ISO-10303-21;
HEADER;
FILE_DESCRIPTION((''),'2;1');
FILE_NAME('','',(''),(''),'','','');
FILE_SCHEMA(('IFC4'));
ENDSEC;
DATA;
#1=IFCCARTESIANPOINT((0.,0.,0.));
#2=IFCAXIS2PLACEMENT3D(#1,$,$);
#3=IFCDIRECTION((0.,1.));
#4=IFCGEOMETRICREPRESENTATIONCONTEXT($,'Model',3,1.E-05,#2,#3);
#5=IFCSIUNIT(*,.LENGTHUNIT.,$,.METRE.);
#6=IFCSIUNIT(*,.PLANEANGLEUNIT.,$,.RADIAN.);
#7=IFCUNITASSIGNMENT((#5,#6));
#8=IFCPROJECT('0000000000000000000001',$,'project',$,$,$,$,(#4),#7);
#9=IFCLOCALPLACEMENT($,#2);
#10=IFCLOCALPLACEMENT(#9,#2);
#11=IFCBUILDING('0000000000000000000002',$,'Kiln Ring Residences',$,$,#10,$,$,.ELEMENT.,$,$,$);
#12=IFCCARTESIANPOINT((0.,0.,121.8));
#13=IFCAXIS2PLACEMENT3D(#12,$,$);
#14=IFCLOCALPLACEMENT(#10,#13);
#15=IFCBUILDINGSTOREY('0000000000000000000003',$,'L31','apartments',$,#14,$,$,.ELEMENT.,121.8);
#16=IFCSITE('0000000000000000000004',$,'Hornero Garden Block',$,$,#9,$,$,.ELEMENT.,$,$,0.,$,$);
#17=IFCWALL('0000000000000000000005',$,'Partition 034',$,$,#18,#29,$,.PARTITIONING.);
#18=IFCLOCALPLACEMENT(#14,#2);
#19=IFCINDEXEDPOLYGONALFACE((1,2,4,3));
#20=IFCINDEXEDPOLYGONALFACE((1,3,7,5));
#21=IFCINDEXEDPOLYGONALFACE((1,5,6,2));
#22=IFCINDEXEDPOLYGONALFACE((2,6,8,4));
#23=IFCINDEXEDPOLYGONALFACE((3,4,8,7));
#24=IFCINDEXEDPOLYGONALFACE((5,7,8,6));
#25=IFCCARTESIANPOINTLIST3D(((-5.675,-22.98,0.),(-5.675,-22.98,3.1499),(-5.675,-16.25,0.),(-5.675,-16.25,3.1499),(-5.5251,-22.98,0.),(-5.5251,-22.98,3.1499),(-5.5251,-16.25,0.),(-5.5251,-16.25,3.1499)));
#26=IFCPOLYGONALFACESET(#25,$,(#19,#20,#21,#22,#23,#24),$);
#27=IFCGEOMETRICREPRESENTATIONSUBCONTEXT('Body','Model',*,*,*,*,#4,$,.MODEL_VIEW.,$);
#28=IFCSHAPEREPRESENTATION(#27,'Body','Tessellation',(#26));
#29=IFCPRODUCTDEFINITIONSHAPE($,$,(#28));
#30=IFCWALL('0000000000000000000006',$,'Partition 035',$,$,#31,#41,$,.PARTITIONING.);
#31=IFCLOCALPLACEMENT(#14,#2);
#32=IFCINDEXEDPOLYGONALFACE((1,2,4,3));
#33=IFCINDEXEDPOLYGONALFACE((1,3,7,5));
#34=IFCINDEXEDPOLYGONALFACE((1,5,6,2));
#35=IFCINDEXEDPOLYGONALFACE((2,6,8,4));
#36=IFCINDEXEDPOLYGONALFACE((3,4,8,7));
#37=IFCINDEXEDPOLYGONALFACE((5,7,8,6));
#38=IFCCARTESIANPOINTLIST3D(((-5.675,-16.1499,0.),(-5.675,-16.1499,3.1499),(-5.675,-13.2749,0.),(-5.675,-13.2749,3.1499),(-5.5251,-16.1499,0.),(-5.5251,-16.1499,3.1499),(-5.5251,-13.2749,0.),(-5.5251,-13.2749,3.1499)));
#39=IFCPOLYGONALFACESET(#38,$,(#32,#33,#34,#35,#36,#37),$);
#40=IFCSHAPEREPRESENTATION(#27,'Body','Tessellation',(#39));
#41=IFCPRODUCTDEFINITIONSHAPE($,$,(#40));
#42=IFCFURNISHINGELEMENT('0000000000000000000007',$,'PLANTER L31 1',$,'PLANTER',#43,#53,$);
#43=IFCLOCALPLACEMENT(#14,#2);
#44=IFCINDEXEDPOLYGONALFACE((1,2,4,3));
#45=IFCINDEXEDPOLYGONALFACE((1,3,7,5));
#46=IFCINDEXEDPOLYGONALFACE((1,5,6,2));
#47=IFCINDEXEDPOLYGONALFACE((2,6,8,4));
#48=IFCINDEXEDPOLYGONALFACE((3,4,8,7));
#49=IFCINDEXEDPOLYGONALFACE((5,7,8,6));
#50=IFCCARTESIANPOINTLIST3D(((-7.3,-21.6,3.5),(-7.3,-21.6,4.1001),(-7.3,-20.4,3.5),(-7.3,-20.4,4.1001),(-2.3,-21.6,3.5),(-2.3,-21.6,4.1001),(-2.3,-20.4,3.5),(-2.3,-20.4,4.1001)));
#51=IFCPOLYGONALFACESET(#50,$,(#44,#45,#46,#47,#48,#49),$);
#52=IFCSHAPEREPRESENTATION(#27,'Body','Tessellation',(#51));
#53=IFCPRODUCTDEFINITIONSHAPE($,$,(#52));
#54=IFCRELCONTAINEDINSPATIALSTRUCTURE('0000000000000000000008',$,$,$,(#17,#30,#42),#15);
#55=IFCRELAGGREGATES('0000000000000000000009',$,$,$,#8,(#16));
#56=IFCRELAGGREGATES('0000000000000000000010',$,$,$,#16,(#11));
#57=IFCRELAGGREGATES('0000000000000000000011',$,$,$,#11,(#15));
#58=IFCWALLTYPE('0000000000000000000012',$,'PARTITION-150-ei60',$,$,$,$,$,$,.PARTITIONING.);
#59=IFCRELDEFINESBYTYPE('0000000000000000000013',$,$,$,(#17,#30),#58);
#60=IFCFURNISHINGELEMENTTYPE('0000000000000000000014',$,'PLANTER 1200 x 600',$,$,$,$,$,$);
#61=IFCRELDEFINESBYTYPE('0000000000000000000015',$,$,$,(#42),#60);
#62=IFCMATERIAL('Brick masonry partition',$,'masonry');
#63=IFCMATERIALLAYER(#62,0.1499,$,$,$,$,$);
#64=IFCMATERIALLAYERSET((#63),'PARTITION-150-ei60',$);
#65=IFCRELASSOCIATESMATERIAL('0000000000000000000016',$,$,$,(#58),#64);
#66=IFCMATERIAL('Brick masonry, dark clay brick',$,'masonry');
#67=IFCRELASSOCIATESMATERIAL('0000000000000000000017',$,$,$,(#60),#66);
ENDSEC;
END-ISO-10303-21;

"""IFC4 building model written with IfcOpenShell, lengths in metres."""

from ifc_helpers import new_model, si_unit, direction, frame, frame_2d, origin, origin_2d, place, context, subcontext, project, spatial, rectangle, extrude, material, layer, layer_set, type_object, element, save


model = new_model("IFC4")

# Units and contexts
model_context = context("Model", 3, precision=1e-05, world=origin(), true_north=direction((0.0, 1.0)))
body_context = subcontext(model_context, "Body", "Model", "MODEL_VIEW")
ifc_project = project(units=[si_unit("LENGTHUNIT", "METRE"), si_unit("PLANEANGLEUNIT", "RADIAN")], contexts=[model_context])

# Site, building, storey
site_placement = place(None, origin())
site = spatial("IfcSite", under=ifc_project, at=site_placement, Name="Hornero Garden Block", CompositionType="ELEMENT", RefElevation=0.0)
building_placement = place(site_placement, origin())
building = spatial("IfcBuilding", under=site, at=building_placement, Name="Kiln Ring Residences", CompositionType="ELEMENT")
storey_placement = place(building_placement, frame((0.0, 0.0, 121.8)))
storey = spatial("IfcBuildingStorey", under=building, at=storey_placement, Name="L31", Description="apartments", CompositionType="ELEMENT", Elevation=121.8)

# Walls
ifc_material_1 = material(Name="Brick masonry partition", Category="masonry")
ifc_layer_1 = layer(ifc_material_1, 0.1499)
ifc_layer_set_1 = layer_set([ifc_layer_1], Name="PARTITION-150-ei60")
wall_type_1 = type_object("IfcWallType", Name="PARTITION-150-ei60", PredefinedType="PARTITIONING", material=ifc_layer_set_1)
wall_1_placement = place(storey_placement, frame((-5.6001, -22.98, 0.0), z_axis=(0.0, 0.0, 1.0), x_axis=(0.0, 1.0, 0.0)))
element("IfcWall", 1, at=wall_1_placement, inside=storey, type_object=wall_type_1, Name="Partition 034", PredefinedType="PARTITIONING", context=body_context, shape_type="SweptSolid", body=[
    extrude(rectangle(XDim=6.73, YDim=0.1499, at=frame_2d((3.365, 0.0))), origin(), (0.0, 0.0, 1.0), 3.1499),
])
wall_2_placement = place(storey_placement, frame((-5.6001, -16.1499, 0.0), z_axis=(0.0, 0.0, 1.0), x_axis=(0.0, 1.0, 0.0)))
element("IfcWall", 2, at=wall_2_placement, inside=storey, type_object=wall_type_1, Name="Partition 035", PredefinedType="PARTITIONING", context=body_context, shape_type="SweptSolid", body=[
    extrude(rectangle(XDim=2.875, YDim=0.1499, at=frame_2d((1.4375, 0.0))), origin(), (0.0, 0.0, 1.0), 3.1499),
])

# Furnishing element
ifc_material_2 = material(Name="Brick masonry, dark clay brick", Category="masonry")
furnishing_element_type = type_object("IfcFurnishingElementType", Name="PLANTER 1200 x 600", material=ifc_material_2)
furnishing_placement = place(storey_placement, frame((-4.8, -21.0, 3.5), z_axis=(0.0, 0.0, 1.0), x_axis=(1.0, 0.0, 0.0)))
element("IfcFurnishingElement", 3, at=furnishing_placement, inside=storey, type_object=furnishing_element_type, Name="PLANTER L31 1", ObjectType="PLANTER", context=body_context, shape_type="SweptSolid", body=[
    extrude(rectangle(XDim=5.0, YDim=1.2, at=origin_2d()), origin(), (0.0, 0.0, 1.0), 0.6001),
])

save(model, "model.ifc")
